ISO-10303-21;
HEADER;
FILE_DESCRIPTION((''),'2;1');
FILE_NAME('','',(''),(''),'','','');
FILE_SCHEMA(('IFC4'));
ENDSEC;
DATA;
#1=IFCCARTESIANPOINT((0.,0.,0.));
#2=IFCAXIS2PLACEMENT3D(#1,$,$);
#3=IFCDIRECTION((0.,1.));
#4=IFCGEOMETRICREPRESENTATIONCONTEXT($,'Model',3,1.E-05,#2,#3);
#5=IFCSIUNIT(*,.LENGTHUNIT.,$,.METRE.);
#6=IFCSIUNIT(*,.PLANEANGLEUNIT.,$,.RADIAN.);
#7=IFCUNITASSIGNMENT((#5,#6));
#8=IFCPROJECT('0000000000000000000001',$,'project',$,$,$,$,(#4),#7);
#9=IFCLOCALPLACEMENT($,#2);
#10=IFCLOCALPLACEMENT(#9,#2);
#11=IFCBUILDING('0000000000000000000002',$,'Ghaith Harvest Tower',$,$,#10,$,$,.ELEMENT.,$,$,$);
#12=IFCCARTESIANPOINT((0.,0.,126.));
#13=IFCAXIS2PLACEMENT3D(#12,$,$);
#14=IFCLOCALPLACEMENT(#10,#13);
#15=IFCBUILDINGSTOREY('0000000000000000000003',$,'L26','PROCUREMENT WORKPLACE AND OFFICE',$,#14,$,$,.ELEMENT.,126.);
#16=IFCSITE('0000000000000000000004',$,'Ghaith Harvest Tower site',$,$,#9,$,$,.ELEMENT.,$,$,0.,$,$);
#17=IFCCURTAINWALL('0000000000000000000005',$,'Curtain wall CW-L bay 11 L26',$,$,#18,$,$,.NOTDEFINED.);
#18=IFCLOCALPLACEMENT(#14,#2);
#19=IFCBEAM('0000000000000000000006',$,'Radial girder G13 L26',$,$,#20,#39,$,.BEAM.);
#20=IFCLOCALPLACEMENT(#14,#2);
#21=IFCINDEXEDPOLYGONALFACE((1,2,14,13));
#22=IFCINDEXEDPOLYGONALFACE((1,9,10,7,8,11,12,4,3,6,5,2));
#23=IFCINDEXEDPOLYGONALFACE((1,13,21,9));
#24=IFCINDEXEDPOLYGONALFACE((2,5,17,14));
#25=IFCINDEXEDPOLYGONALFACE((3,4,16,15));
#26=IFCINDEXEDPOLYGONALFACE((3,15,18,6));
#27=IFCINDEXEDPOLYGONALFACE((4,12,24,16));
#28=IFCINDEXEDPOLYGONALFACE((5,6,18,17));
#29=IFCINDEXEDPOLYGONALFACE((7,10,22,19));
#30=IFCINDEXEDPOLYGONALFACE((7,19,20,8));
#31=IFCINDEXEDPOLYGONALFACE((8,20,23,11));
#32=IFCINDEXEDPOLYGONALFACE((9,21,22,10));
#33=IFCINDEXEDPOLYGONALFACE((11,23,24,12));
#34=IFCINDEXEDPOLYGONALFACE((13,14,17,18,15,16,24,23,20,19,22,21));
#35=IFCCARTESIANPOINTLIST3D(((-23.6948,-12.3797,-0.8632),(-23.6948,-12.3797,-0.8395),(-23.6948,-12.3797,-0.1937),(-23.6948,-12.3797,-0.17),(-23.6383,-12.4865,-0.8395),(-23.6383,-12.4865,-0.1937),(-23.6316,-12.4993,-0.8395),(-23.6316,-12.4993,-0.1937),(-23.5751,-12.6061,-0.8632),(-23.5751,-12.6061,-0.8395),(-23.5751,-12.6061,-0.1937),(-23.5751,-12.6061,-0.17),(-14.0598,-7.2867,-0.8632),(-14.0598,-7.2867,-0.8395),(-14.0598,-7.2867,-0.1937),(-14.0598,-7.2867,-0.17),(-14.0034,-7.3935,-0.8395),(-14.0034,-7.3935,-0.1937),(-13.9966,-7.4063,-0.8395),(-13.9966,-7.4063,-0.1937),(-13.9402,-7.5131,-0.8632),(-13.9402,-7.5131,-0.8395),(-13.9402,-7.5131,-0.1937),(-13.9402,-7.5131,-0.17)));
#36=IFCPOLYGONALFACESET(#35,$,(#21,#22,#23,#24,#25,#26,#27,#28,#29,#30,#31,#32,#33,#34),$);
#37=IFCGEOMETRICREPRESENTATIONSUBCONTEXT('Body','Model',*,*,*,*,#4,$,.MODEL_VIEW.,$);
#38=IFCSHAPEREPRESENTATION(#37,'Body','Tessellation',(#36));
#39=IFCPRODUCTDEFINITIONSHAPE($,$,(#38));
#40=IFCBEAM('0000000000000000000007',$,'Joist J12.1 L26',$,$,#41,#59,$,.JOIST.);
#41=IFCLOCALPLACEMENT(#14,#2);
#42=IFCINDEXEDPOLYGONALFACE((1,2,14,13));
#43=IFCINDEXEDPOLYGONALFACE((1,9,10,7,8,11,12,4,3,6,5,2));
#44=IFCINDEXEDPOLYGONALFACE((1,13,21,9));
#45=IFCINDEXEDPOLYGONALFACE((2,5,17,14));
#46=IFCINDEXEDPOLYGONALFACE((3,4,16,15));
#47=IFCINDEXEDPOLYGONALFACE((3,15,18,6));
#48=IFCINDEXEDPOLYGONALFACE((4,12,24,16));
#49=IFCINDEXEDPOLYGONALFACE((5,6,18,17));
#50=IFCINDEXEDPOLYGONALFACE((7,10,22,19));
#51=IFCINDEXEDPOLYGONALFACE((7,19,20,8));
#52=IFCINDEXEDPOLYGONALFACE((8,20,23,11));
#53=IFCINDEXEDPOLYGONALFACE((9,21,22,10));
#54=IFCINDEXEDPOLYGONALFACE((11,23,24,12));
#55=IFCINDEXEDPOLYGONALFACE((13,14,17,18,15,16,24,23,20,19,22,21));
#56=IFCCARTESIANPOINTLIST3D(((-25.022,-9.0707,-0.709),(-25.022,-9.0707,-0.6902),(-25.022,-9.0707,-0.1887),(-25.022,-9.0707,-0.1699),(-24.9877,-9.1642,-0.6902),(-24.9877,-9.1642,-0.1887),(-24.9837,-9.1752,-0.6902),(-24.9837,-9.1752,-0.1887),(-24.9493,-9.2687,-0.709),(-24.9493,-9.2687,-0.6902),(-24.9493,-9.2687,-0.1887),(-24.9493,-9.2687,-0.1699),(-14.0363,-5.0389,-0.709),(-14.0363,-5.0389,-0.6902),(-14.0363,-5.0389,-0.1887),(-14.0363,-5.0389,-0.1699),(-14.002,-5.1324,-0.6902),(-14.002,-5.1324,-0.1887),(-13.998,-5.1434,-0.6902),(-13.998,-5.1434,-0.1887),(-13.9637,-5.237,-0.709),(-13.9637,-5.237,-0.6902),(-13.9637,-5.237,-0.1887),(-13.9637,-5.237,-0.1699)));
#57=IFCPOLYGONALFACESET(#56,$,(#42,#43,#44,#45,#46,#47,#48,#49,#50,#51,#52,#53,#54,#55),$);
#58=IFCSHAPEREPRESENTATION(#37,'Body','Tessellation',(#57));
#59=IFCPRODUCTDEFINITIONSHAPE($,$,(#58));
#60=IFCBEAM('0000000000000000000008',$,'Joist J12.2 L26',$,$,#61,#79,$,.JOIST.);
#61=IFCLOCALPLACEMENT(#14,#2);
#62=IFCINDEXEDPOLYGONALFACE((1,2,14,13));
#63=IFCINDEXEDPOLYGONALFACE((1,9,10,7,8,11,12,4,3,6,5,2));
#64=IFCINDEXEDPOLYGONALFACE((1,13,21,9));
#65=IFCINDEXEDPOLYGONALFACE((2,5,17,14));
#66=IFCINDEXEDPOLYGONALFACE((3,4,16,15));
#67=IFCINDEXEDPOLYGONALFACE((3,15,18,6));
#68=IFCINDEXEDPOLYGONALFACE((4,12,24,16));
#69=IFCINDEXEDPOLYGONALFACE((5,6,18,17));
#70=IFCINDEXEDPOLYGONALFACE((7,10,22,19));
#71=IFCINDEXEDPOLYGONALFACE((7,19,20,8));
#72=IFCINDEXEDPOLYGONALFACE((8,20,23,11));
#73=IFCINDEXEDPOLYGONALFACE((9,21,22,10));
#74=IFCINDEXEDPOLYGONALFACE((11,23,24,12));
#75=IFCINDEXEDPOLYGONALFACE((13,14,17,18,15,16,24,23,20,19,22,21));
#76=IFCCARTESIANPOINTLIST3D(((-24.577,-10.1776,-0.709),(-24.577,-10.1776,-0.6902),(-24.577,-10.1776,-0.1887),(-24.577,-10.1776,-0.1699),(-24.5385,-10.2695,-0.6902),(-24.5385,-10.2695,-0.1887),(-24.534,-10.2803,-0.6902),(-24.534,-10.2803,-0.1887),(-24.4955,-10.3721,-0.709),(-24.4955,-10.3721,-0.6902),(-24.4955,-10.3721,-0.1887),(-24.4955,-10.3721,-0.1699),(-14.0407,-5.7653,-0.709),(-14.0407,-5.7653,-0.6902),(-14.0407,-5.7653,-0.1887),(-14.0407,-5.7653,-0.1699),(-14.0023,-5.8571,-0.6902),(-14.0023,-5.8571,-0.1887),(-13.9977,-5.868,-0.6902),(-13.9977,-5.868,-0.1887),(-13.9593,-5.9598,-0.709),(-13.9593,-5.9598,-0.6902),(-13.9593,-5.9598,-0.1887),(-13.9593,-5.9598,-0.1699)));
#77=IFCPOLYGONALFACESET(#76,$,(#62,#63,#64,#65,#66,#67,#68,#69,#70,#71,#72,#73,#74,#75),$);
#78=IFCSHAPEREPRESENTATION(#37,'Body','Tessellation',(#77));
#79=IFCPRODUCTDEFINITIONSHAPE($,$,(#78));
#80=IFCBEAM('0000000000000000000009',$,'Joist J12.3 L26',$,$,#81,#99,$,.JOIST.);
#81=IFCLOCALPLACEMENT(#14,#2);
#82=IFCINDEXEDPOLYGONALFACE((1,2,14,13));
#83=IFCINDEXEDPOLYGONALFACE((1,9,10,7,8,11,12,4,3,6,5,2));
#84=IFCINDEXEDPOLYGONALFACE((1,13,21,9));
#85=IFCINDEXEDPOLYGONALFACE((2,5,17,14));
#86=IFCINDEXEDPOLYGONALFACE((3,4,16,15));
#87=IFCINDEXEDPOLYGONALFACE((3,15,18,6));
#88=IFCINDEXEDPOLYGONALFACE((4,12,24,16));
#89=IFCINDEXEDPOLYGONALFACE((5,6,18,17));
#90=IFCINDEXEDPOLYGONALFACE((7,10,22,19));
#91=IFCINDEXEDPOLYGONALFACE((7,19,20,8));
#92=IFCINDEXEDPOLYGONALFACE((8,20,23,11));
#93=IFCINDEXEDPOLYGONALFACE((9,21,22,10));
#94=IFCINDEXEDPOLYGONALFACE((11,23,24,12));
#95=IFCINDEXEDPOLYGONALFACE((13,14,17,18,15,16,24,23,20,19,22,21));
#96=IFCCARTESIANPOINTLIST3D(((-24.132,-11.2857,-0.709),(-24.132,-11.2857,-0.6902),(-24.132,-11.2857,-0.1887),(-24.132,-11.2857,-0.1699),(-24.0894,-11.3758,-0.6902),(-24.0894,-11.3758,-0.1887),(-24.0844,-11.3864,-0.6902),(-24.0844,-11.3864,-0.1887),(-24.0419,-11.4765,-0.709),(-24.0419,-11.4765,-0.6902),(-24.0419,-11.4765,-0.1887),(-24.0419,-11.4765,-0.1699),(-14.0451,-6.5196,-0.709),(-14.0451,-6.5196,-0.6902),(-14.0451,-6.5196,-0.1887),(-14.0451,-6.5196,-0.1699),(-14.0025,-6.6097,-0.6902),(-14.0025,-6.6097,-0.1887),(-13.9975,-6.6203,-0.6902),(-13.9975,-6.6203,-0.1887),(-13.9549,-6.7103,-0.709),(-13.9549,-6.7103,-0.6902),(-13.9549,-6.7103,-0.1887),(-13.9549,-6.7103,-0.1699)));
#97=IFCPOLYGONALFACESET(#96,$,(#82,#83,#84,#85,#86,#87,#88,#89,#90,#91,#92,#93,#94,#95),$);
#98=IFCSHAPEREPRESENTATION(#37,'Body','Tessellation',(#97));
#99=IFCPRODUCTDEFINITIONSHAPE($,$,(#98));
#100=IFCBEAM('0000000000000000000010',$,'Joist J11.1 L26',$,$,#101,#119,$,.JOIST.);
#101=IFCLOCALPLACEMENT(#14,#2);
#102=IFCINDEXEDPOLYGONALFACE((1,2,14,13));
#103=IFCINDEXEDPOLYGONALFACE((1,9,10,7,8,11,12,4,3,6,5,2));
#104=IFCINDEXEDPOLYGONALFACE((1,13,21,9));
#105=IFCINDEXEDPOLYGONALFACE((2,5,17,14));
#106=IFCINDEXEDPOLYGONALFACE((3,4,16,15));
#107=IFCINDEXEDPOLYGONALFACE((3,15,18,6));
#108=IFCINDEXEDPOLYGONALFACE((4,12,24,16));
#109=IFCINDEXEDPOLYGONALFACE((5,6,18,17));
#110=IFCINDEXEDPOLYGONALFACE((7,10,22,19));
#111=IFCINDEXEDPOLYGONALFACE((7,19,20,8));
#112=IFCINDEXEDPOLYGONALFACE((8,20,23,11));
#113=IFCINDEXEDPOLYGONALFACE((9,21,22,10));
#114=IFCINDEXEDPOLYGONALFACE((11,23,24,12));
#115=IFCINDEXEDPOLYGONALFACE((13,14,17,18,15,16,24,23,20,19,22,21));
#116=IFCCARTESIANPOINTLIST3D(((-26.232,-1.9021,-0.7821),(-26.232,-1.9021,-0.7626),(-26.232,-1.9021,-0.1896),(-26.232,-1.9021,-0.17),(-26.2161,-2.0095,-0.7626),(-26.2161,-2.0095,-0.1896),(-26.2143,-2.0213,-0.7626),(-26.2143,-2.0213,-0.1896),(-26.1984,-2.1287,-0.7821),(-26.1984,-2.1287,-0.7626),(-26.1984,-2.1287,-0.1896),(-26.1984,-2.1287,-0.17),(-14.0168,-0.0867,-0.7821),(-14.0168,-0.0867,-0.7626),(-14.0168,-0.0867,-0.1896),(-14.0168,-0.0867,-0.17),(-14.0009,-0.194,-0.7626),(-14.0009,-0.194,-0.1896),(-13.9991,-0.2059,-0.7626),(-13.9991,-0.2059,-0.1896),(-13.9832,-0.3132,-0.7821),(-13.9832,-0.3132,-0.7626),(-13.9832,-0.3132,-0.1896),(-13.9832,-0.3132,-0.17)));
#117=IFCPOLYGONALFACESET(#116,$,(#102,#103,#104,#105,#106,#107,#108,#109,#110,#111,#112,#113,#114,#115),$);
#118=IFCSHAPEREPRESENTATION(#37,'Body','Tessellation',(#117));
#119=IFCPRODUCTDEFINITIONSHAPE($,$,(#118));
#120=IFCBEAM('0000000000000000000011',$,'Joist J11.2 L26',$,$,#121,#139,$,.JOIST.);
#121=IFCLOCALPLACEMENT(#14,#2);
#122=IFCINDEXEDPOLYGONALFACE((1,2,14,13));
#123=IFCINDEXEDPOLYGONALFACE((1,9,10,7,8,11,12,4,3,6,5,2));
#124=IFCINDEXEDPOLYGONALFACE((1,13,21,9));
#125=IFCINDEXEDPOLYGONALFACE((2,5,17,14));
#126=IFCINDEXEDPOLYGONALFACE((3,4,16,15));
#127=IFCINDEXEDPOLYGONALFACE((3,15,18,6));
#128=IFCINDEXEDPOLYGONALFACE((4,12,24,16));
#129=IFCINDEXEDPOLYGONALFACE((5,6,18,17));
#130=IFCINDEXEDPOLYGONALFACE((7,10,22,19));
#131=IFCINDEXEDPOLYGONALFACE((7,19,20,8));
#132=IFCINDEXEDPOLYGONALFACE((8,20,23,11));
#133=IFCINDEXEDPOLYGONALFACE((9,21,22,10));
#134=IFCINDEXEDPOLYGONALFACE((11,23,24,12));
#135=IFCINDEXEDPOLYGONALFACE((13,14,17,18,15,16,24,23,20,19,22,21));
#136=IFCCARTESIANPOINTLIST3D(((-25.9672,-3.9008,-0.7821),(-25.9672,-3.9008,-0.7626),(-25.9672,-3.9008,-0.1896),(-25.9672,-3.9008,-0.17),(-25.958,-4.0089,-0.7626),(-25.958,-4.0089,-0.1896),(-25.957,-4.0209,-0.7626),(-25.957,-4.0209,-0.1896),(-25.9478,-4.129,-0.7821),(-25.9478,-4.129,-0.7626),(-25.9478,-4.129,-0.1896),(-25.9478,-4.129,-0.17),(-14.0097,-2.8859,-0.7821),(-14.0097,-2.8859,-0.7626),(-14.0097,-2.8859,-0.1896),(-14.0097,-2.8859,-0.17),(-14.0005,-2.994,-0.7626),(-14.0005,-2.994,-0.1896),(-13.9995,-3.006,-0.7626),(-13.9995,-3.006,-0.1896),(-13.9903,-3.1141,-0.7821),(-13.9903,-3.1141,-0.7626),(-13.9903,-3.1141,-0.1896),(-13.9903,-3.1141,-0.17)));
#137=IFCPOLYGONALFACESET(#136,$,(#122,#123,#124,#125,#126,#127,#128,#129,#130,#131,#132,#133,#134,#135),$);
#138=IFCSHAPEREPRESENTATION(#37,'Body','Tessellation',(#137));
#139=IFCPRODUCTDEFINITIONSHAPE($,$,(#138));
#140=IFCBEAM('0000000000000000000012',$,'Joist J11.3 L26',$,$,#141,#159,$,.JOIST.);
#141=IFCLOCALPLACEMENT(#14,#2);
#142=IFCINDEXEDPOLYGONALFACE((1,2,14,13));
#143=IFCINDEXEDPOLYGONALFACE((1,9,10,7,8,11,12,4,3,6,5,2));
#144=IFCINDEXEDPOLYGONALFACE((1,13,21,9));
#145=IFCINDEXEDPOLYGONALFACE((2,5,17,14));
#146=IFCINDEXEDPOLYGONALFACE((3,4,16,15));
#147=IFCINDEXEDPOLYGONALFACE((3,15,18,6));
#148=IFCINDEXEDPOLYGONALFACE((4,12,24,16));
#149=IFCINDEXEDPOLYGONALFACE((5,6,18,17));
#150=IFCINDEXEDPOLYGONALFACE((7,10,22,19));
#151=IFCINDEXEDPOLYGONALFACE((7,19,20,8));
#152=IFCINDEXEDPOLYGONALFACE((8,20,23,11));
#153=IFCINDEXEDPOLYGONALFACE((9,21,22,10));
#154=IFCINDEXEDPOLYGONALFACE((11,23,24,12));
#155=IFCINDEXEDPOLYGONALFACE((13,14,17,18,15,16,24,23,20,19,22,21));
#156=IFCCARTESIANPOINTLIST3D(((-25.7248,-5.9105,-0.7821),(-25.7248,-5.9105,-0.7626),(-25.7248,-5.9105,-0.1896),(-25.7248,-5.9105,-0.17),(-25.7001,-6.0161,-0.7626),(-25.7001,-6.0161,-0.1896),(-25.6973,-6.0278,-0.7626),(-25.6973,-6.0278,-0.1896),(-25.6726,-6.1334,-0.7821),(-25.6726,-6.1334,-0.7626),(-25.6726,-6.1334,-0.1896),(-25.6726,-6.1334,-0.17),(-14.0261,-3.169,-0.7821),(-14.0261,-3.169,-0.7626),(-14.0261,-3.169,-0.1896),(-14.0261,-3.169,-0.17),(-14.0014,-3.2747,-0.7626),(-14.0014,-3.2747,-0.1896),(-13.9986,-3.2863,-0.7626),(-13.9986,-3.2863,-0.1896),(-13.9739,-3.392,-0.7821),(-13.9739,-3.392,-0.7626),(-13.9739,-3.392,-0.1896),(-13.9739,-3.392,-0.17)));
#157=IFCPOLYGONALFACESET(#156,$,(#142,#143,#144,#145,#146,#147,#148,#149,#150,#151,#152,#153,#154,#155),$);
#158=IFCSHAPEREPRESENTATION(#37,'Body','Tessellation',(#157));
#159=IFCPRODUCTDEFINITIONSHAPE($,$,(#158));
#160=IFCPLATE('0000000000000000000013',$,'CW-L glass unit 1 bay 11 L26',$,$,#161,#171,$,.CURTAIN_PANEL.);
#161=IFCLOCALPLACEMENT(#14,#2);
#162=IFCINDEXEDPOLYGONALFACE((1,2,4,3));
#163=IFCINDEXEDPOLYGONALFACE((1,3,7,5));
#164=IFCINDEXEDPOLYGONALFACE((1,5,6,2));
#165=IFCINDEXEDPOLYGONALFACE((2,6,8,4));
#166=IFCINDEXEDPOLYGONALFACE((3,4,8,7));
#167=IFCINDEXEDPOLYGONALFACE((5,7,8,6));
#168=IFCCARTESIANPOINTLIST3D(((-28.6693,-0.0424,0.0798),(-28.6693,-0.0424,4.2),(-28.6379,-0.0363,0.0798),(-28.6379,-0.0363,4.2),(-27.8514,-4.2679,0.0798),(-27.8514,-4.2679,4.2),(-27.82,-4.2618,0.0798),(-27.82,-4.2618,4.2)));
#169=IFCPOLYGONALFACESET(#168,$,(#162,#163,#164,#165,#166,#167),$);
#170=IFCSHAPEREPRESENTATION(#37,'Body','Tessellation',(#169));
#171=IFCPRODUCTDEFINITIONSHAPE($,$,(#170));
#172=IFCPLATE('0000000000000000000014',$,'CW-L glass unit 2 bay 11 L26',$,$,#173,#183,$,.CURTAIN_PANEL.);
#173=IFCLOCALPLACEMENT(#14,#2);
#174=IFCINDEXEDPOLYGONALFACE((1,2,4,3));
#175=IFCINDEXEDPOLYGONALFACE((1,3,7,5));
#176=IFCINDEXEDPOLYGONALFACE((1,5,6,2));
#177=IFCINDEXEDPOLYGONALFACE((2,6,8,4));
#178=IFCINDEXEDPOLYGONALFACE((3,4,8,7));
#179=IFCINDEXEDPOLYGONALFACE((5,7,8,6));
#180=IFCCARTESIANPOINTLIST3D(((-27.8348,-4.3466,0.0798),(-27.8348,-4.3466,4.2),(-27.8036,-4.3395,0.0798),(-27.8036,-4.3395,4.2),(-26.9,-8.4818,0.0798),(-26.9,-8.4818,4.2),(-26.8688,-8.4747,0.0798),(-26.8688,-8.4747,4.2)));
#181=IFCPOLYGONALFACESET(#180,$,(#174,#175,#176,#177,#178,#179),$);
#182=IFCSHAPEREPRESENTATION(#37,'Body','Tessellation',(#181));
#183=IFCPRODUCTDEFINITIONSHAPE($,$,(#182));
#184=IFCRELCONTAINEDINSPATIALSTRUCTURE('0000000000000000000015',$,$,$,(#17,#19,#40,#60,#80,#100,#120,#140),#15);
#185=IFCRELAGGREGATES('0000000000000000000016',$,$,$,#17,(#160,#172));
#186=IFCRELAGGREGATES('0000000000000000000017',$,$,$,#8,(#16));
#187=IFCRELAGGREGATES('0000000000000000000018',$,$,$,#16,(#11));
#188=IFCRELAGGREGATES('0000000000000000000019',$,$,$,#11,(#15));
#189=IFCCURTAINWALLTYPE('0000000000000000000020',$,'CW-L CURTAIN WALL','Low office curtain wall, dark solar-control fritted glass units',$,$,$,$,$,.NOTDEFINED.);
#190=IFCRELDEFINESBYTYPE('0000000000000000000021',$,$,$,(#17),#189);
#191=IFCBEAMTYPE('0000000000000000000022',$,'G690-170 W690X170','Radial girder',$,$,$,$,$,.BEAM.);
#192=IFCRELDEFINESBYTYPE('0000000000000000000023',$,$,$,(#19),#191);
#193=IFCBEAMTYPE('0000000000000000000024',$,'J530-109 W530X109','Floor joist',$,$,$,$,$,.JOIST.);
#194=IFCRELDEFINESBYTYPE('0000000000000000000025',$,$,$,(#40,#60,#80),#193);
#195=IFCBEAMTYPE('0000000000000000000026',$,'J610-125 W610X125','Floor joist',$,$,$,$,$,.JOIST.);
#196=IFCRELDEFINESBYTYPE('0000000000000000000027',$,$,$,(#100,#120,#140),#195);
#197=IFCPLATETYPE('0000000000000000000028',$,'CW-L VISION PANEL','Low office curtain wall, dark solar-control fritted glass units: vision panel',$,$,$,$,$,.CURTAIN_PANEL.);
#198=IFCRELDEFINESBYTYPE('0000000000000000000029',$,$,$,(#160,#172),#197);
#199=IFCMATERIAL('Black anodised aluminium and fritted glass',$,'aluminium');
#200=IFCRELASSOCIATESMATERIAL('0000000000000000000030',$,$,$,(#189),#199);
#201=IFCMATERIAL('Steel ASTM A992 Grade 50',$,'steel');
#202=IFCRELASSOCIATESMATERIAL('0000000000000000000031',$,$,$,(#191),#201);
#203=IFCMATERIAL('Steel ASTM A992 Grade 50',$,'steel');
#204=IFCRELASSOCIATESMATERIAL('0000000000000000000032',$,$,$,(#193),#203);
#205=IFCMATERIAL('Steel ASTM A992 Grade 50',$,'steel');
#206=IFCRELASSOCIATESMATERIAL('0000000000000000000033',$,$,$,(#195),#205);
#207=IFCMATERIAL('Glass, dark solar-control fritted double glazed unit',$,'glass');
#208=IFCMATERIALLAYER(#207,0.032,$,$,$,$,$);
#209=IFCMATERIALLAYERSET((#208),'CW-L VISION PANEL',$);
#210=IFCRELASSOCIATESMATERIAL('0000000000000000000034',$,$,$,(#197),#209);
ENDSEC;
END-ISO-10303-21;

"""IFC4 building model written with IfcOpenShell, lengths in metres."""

from ifc_helpers import new_model, si_unit, direction, frame, origin, origin_2d, place, context, subcontext, project, spatial, rectangle, i_section, extrude, material, layer, layer_set, material_profile, profile_set, type_object, element, aggregate, save


model = new_model("IFC4")

# Units and contexts
model_context = context("Model", 3, precision=1e-05, world=origin(), true_north=direction((0.0, 1.0)))
body_context = subcontext(model_context, "Body", "Model", "MODEL_VIEW")
ifc_project = project(units=[si_unit("LENGTHUNIT", "METRE"), si_unit("PLANEANGLEUNIT", "RADIAN")], contexts=[model_context])

# Site, building, storey
site_placement = place(None, origin())
site = spatial("IfcSite", under=ifc_project, at=site_placement, Name="Ghaith Harvest Tower site", CompositionType="ELEMENT", RefElevation=0.0)
building_placement = place(site_placement, origin())
building = spatial("IfcBuilding", under=site, at=building_placement, Name="Ghaith Harvest Tower", CompositionType="ELEMENT")
storey_placement = place(building_placement, frame((0.0, 0.0, 126.0)))
storey = spatial("IfcBuildingStorey", under=building, at=storey_placement, Name="L26", Description="PROCUREMENT WORKPLACE AND OFFICE", CompositionType="ELEMENT", Elevation=126.0)

# Curtain wall
ifc_material_1 = material(Name="Black anodised aluminium and fritted glass", Category="aluminium")
curtain_wall_type = type_object("IfcCurtainWallType", Name="CW-L CURTAIN WALL", Description="Low office curtain wall, dark solar-control fritted glass units", PredefinedType="NOTDEFINED", material=ifc_material_1)
curtain_wall_1_placement = place(storey_placement, origin())
curtain_wall_1 = element("IfcCurtainWall", 1, at=curtain_wall_1_placement, inside=storey, type_object=curtain_wall_type, Name="Curtain wall CW-L bay 11 L26", PredefinedType="NOTDEFINED")

# Beams
ifc_material_2 = material(Name="Steel ASTM A992 Grade 50", Category="steel")
ifc_material_profile_1 = material_profile(ifc_material_2, i_section(OverallWidth=0.2561, OverallDepth=0.6931, WebThickness=0.0144, FlangeThickness=0.0237, at=origin_2d()), Name="W690X170")
ifc_profile_set_1 = profile_set([ifc_material_profile_1], Name="Steel ASTM A992 Grade 50")
beam_type_1 = type_object("IfcBeamType", Name="G690-170 W690X170", Description="Radial girder", PredefinedType="BEAM", material=ifc_profile_set_1)
beam_1_placement = place(storey_placement, frame((-14.0, -7.3999, -0.5166), z_axis=(-0.884086, -0.467324, 0.0), x_axis=(0.467324, -0.884086, 0.0)))
element("IfcBeam", 2, at=beam_1_placement, inside=storey, type_object=beam_type_1, Name="Radial girder G13 L26", PredefinedType="BEAM", context=body_context, shape_type="SweptSolid", body=[
    extrude(i_section(OverallWidth=0.2561, OverallDepth=0.6931, WebThickness=0.0144, FlangeThickness=0.0237, at=origin_2d()), origin(), (0.0, 0.0, 1.0), 10.8982),
])
ifc_material_3 = material(Name="Steel ASTM A992 Grade 50", Category="steel")
ifc_material_profile_2 = material_profile(ifc_material_3, i_section(OverallWidth=0.2109, OverallDepth=0.5391, WebThickness=0.0117, FlangeThickness=0.0188, at=origin_2d()), Name="W530X109")
ifc_profile_set_2 = profile_set([ifc_material_profile_2], Name="Steel ASTM A992 Grade 50")
beam_type_2 = type_object("IfcBeamType", Name="J530-109 W530X109", Description="Floor joist", PredefinedType="JOIST", material=ifc_profile_set_2)
beam_2_placement = place(storey_placement, frame((-14.0, -5.1379, -0.4395), z_axis=(-0.938774, -0.344532, 0.0), x_axis=(0.344532, -0.938774, 0.0)))
element("IfcBeam", 3, at=beam_2_placement, inside=storey, type_object=beam_type_2, Name="Joist J12.1 L26", PredefinedType="JOIST", context=body_context, shape_type="SweptSolid", body=[
    extrude(i_section(OverallWidth=0.2109, OverallDepth=0.5391, WebThickness=0.0117, FlangeThickness=0.0188, at=origin_2d()), origin(), (0.0, 0.0, 1.0), 11.7021),
])
beam_3_placement = place(storey_placement, frame((-14.0, -5.8625, -0.4395), z_axis=(-0.922386, -0.38627, 0.0), x_axis=(0.38627, -0.922386, 0.0)))
element("IfcBeam", 4, at=beam_3_placement, inside=storey, type_object=beam_type_2, Name="Joist J12.2 L26", PredefinedType="JOIST", context=body_context, shape_type="SweptSolid", body=[
    extrude(i_section(OverallWidth=0.2109, OverallDepth=0.5391, WebThickness=0.0117, FlangeThickness=0.0188, at=origin_2d()), origin(), (0.0, 0.0, 1.0), 11.4229),
])
beam_4_placement = place(storey_placement, frame((-14.0, -6.615, -0.4395), z_axis=(-0.90415, -0.427215, 0.0), x_axis=(0.427215, -0.90415, 0.0)))
element("IfcBeam", 5, at=beam_4_placement, inside=storey, type_object=beam_type_2, Name="Joist J12.3 L26", PredefinedType="JOIST", context=body_context, shape_type="SweptSolid", body=[
    extrude(i_section(OverallWidth=0.2109, OverallDepth=0.5391, WebThickness=0.0117, FlangeThickness=0.0188, at=origin_2d()), origin(), (0.0, 0.0, 1.0), 11.1562),
])
ifc_material_4 = material(Name="Steel ASTM A992 Grade 50", Category="steel")
ifc_material_profile_3 = material_profile(ifc_material_4, i_section(OverallWidth=0.229, OverallDepth=0.6121, WebThickness=0.012, FlangeThickness=0.0195, at=origin_2d()), Name="W610X125")
ifc_profile_set_3 = profile_set([ifc_material_profile_3], Name="Steel ASTM A992 Grade 50")
beam_type_3 = type_object("IfcBeamType", Name="J610-125 W610X125", Description="Floor joist", PredefinedType="JOIST", material=ifc_profile_set_3)
beam_5_placement = place(storey_placement, frame((-14.0, -0.2, -0.4761), z_axis=(-0.989135, -0.147007, 0.0), x_axis=(0.147007, -0.989135, 0.0)))
element("IfcBeam", 6, at=beam_5_placement, inside=storey, type_object=beam_type_3, Name="Joist J11.1 L26", PredefinedType="JOIST", context=body_context, shape_type="SweptSolid", body=[
    extrude(i_section(OverallWidth=0.229, OverallDepth=0.6121, WebThickness=0.012, FlangeThickness=0.0195, at=origin_2d()), origin(), (0.0, 0.0, 1.0), 12.3494),
])
beam_6_placement = place(storey_placement, frame((-14.0, -3.0, -0.4761), z_axis=(-0.996417, -0.084571, 0.0), x_axis=(0.084571, -0.996417, 0.0)))
element("IfcBeam", 7, at=beam_6_placement, inside=storey, type_object=beam_type_3, Name="Joist J11.2 L26", PredefinedType="JOIST", context=body_context, shape_type="SweptSolid", body=[
    extrude(i_section(OverallWidth=0.229, OverallDepth=0.6121, WebThickness=0.012, FlangeThickness=0.0195, at=origin_2d()), origin(), (0.0, 0.0, 1.0), 12.0005),
])
beam_7_placement = place(storey_placement, frame((-14.0, -3.2805, -0.4761), z_axis=(-0.973624, -0.228157, 0.0), x_axis=(0.228157, -0.973624, 0.0)))
element("IfcBeam", 8, at=beam_7_placement, inside=storey, type_object=beam_type_3, Name="Joist J11.3 L26", PredefinedType="JOIST", context=body_context, shape_type="SweptSolid", body=[
    extrude(i_section(OverallWidth=0.229, OverallDepth=0.6121, WebThickness=0.012, FlangeThickness=0.0195, at=origin_2d()), origin(), (0.0, 0.0, 1.0), 12.0156),
])

# Plates
ifc_material_5 = material(Name="Glass, dark solar-control fritted double glazed unit", Category="glass")
ifc_layer_1 = layer(ifc_material_5, 0.032)
ifc_layer_set_1 = layer_set([ifc_layer_1], Name="CW-L VISION PANEL")
plate_type_1 = type_object("IfcPlateType", Name="CW-L VISION PANEL", Description="Low office curtain wall, dark solar-control fritted glass units: vision panel", PredefinedType="CURTAIN_PANEL", material=ifc_layer_set_1)
plate_1_placement = place(storey_placement, frame((-28.2446, -2.1521, 0.0798), z_axis=(0.0, 0.0, 1.0), x_axis=(0.190045, -0.981775, 0.0)))
plate_1 = element("IfcPlate", 9, at=plate_1_placement, type_object=plate_type_1, Name="CW-L glass unit 1 bay 11 L26", PredefinedType="CURTAIN_PANEL", context=body_context, shape_type="SweptSolid", body=[
    extrude(rectangle(XDim=4.304, YDim=0.032, at=origin_2d()), origin(), (0.0, 0.0, 1.0), 4.1201),
])
plate_2_placement = place(storey_placement, frame((-27.3518, -6.4106, 0.0798), z_axis=(0.0, 0.0, 1.0), x_axis=(0.220483, -0.975391, 0.0)))
plate_2 = element("IfcPlate", 10, at=plate_2_placement, type_object=plate_type_1, Name="CW-L glass unit 2 bay 11 L26", PredefinedType="CURTAIN_PANEL", context=body_context, shape_type="SweptSolid", body=[
    extrude(rectangle(XDim=4.2395, YDim=0.032, at=origin_2d()), origin(), (0.0, 0.0, 1.0), 4.1201),
])
aggregate(curtain_wall_1, [plate_1, plate_2])

save(model, "model.ifc")
